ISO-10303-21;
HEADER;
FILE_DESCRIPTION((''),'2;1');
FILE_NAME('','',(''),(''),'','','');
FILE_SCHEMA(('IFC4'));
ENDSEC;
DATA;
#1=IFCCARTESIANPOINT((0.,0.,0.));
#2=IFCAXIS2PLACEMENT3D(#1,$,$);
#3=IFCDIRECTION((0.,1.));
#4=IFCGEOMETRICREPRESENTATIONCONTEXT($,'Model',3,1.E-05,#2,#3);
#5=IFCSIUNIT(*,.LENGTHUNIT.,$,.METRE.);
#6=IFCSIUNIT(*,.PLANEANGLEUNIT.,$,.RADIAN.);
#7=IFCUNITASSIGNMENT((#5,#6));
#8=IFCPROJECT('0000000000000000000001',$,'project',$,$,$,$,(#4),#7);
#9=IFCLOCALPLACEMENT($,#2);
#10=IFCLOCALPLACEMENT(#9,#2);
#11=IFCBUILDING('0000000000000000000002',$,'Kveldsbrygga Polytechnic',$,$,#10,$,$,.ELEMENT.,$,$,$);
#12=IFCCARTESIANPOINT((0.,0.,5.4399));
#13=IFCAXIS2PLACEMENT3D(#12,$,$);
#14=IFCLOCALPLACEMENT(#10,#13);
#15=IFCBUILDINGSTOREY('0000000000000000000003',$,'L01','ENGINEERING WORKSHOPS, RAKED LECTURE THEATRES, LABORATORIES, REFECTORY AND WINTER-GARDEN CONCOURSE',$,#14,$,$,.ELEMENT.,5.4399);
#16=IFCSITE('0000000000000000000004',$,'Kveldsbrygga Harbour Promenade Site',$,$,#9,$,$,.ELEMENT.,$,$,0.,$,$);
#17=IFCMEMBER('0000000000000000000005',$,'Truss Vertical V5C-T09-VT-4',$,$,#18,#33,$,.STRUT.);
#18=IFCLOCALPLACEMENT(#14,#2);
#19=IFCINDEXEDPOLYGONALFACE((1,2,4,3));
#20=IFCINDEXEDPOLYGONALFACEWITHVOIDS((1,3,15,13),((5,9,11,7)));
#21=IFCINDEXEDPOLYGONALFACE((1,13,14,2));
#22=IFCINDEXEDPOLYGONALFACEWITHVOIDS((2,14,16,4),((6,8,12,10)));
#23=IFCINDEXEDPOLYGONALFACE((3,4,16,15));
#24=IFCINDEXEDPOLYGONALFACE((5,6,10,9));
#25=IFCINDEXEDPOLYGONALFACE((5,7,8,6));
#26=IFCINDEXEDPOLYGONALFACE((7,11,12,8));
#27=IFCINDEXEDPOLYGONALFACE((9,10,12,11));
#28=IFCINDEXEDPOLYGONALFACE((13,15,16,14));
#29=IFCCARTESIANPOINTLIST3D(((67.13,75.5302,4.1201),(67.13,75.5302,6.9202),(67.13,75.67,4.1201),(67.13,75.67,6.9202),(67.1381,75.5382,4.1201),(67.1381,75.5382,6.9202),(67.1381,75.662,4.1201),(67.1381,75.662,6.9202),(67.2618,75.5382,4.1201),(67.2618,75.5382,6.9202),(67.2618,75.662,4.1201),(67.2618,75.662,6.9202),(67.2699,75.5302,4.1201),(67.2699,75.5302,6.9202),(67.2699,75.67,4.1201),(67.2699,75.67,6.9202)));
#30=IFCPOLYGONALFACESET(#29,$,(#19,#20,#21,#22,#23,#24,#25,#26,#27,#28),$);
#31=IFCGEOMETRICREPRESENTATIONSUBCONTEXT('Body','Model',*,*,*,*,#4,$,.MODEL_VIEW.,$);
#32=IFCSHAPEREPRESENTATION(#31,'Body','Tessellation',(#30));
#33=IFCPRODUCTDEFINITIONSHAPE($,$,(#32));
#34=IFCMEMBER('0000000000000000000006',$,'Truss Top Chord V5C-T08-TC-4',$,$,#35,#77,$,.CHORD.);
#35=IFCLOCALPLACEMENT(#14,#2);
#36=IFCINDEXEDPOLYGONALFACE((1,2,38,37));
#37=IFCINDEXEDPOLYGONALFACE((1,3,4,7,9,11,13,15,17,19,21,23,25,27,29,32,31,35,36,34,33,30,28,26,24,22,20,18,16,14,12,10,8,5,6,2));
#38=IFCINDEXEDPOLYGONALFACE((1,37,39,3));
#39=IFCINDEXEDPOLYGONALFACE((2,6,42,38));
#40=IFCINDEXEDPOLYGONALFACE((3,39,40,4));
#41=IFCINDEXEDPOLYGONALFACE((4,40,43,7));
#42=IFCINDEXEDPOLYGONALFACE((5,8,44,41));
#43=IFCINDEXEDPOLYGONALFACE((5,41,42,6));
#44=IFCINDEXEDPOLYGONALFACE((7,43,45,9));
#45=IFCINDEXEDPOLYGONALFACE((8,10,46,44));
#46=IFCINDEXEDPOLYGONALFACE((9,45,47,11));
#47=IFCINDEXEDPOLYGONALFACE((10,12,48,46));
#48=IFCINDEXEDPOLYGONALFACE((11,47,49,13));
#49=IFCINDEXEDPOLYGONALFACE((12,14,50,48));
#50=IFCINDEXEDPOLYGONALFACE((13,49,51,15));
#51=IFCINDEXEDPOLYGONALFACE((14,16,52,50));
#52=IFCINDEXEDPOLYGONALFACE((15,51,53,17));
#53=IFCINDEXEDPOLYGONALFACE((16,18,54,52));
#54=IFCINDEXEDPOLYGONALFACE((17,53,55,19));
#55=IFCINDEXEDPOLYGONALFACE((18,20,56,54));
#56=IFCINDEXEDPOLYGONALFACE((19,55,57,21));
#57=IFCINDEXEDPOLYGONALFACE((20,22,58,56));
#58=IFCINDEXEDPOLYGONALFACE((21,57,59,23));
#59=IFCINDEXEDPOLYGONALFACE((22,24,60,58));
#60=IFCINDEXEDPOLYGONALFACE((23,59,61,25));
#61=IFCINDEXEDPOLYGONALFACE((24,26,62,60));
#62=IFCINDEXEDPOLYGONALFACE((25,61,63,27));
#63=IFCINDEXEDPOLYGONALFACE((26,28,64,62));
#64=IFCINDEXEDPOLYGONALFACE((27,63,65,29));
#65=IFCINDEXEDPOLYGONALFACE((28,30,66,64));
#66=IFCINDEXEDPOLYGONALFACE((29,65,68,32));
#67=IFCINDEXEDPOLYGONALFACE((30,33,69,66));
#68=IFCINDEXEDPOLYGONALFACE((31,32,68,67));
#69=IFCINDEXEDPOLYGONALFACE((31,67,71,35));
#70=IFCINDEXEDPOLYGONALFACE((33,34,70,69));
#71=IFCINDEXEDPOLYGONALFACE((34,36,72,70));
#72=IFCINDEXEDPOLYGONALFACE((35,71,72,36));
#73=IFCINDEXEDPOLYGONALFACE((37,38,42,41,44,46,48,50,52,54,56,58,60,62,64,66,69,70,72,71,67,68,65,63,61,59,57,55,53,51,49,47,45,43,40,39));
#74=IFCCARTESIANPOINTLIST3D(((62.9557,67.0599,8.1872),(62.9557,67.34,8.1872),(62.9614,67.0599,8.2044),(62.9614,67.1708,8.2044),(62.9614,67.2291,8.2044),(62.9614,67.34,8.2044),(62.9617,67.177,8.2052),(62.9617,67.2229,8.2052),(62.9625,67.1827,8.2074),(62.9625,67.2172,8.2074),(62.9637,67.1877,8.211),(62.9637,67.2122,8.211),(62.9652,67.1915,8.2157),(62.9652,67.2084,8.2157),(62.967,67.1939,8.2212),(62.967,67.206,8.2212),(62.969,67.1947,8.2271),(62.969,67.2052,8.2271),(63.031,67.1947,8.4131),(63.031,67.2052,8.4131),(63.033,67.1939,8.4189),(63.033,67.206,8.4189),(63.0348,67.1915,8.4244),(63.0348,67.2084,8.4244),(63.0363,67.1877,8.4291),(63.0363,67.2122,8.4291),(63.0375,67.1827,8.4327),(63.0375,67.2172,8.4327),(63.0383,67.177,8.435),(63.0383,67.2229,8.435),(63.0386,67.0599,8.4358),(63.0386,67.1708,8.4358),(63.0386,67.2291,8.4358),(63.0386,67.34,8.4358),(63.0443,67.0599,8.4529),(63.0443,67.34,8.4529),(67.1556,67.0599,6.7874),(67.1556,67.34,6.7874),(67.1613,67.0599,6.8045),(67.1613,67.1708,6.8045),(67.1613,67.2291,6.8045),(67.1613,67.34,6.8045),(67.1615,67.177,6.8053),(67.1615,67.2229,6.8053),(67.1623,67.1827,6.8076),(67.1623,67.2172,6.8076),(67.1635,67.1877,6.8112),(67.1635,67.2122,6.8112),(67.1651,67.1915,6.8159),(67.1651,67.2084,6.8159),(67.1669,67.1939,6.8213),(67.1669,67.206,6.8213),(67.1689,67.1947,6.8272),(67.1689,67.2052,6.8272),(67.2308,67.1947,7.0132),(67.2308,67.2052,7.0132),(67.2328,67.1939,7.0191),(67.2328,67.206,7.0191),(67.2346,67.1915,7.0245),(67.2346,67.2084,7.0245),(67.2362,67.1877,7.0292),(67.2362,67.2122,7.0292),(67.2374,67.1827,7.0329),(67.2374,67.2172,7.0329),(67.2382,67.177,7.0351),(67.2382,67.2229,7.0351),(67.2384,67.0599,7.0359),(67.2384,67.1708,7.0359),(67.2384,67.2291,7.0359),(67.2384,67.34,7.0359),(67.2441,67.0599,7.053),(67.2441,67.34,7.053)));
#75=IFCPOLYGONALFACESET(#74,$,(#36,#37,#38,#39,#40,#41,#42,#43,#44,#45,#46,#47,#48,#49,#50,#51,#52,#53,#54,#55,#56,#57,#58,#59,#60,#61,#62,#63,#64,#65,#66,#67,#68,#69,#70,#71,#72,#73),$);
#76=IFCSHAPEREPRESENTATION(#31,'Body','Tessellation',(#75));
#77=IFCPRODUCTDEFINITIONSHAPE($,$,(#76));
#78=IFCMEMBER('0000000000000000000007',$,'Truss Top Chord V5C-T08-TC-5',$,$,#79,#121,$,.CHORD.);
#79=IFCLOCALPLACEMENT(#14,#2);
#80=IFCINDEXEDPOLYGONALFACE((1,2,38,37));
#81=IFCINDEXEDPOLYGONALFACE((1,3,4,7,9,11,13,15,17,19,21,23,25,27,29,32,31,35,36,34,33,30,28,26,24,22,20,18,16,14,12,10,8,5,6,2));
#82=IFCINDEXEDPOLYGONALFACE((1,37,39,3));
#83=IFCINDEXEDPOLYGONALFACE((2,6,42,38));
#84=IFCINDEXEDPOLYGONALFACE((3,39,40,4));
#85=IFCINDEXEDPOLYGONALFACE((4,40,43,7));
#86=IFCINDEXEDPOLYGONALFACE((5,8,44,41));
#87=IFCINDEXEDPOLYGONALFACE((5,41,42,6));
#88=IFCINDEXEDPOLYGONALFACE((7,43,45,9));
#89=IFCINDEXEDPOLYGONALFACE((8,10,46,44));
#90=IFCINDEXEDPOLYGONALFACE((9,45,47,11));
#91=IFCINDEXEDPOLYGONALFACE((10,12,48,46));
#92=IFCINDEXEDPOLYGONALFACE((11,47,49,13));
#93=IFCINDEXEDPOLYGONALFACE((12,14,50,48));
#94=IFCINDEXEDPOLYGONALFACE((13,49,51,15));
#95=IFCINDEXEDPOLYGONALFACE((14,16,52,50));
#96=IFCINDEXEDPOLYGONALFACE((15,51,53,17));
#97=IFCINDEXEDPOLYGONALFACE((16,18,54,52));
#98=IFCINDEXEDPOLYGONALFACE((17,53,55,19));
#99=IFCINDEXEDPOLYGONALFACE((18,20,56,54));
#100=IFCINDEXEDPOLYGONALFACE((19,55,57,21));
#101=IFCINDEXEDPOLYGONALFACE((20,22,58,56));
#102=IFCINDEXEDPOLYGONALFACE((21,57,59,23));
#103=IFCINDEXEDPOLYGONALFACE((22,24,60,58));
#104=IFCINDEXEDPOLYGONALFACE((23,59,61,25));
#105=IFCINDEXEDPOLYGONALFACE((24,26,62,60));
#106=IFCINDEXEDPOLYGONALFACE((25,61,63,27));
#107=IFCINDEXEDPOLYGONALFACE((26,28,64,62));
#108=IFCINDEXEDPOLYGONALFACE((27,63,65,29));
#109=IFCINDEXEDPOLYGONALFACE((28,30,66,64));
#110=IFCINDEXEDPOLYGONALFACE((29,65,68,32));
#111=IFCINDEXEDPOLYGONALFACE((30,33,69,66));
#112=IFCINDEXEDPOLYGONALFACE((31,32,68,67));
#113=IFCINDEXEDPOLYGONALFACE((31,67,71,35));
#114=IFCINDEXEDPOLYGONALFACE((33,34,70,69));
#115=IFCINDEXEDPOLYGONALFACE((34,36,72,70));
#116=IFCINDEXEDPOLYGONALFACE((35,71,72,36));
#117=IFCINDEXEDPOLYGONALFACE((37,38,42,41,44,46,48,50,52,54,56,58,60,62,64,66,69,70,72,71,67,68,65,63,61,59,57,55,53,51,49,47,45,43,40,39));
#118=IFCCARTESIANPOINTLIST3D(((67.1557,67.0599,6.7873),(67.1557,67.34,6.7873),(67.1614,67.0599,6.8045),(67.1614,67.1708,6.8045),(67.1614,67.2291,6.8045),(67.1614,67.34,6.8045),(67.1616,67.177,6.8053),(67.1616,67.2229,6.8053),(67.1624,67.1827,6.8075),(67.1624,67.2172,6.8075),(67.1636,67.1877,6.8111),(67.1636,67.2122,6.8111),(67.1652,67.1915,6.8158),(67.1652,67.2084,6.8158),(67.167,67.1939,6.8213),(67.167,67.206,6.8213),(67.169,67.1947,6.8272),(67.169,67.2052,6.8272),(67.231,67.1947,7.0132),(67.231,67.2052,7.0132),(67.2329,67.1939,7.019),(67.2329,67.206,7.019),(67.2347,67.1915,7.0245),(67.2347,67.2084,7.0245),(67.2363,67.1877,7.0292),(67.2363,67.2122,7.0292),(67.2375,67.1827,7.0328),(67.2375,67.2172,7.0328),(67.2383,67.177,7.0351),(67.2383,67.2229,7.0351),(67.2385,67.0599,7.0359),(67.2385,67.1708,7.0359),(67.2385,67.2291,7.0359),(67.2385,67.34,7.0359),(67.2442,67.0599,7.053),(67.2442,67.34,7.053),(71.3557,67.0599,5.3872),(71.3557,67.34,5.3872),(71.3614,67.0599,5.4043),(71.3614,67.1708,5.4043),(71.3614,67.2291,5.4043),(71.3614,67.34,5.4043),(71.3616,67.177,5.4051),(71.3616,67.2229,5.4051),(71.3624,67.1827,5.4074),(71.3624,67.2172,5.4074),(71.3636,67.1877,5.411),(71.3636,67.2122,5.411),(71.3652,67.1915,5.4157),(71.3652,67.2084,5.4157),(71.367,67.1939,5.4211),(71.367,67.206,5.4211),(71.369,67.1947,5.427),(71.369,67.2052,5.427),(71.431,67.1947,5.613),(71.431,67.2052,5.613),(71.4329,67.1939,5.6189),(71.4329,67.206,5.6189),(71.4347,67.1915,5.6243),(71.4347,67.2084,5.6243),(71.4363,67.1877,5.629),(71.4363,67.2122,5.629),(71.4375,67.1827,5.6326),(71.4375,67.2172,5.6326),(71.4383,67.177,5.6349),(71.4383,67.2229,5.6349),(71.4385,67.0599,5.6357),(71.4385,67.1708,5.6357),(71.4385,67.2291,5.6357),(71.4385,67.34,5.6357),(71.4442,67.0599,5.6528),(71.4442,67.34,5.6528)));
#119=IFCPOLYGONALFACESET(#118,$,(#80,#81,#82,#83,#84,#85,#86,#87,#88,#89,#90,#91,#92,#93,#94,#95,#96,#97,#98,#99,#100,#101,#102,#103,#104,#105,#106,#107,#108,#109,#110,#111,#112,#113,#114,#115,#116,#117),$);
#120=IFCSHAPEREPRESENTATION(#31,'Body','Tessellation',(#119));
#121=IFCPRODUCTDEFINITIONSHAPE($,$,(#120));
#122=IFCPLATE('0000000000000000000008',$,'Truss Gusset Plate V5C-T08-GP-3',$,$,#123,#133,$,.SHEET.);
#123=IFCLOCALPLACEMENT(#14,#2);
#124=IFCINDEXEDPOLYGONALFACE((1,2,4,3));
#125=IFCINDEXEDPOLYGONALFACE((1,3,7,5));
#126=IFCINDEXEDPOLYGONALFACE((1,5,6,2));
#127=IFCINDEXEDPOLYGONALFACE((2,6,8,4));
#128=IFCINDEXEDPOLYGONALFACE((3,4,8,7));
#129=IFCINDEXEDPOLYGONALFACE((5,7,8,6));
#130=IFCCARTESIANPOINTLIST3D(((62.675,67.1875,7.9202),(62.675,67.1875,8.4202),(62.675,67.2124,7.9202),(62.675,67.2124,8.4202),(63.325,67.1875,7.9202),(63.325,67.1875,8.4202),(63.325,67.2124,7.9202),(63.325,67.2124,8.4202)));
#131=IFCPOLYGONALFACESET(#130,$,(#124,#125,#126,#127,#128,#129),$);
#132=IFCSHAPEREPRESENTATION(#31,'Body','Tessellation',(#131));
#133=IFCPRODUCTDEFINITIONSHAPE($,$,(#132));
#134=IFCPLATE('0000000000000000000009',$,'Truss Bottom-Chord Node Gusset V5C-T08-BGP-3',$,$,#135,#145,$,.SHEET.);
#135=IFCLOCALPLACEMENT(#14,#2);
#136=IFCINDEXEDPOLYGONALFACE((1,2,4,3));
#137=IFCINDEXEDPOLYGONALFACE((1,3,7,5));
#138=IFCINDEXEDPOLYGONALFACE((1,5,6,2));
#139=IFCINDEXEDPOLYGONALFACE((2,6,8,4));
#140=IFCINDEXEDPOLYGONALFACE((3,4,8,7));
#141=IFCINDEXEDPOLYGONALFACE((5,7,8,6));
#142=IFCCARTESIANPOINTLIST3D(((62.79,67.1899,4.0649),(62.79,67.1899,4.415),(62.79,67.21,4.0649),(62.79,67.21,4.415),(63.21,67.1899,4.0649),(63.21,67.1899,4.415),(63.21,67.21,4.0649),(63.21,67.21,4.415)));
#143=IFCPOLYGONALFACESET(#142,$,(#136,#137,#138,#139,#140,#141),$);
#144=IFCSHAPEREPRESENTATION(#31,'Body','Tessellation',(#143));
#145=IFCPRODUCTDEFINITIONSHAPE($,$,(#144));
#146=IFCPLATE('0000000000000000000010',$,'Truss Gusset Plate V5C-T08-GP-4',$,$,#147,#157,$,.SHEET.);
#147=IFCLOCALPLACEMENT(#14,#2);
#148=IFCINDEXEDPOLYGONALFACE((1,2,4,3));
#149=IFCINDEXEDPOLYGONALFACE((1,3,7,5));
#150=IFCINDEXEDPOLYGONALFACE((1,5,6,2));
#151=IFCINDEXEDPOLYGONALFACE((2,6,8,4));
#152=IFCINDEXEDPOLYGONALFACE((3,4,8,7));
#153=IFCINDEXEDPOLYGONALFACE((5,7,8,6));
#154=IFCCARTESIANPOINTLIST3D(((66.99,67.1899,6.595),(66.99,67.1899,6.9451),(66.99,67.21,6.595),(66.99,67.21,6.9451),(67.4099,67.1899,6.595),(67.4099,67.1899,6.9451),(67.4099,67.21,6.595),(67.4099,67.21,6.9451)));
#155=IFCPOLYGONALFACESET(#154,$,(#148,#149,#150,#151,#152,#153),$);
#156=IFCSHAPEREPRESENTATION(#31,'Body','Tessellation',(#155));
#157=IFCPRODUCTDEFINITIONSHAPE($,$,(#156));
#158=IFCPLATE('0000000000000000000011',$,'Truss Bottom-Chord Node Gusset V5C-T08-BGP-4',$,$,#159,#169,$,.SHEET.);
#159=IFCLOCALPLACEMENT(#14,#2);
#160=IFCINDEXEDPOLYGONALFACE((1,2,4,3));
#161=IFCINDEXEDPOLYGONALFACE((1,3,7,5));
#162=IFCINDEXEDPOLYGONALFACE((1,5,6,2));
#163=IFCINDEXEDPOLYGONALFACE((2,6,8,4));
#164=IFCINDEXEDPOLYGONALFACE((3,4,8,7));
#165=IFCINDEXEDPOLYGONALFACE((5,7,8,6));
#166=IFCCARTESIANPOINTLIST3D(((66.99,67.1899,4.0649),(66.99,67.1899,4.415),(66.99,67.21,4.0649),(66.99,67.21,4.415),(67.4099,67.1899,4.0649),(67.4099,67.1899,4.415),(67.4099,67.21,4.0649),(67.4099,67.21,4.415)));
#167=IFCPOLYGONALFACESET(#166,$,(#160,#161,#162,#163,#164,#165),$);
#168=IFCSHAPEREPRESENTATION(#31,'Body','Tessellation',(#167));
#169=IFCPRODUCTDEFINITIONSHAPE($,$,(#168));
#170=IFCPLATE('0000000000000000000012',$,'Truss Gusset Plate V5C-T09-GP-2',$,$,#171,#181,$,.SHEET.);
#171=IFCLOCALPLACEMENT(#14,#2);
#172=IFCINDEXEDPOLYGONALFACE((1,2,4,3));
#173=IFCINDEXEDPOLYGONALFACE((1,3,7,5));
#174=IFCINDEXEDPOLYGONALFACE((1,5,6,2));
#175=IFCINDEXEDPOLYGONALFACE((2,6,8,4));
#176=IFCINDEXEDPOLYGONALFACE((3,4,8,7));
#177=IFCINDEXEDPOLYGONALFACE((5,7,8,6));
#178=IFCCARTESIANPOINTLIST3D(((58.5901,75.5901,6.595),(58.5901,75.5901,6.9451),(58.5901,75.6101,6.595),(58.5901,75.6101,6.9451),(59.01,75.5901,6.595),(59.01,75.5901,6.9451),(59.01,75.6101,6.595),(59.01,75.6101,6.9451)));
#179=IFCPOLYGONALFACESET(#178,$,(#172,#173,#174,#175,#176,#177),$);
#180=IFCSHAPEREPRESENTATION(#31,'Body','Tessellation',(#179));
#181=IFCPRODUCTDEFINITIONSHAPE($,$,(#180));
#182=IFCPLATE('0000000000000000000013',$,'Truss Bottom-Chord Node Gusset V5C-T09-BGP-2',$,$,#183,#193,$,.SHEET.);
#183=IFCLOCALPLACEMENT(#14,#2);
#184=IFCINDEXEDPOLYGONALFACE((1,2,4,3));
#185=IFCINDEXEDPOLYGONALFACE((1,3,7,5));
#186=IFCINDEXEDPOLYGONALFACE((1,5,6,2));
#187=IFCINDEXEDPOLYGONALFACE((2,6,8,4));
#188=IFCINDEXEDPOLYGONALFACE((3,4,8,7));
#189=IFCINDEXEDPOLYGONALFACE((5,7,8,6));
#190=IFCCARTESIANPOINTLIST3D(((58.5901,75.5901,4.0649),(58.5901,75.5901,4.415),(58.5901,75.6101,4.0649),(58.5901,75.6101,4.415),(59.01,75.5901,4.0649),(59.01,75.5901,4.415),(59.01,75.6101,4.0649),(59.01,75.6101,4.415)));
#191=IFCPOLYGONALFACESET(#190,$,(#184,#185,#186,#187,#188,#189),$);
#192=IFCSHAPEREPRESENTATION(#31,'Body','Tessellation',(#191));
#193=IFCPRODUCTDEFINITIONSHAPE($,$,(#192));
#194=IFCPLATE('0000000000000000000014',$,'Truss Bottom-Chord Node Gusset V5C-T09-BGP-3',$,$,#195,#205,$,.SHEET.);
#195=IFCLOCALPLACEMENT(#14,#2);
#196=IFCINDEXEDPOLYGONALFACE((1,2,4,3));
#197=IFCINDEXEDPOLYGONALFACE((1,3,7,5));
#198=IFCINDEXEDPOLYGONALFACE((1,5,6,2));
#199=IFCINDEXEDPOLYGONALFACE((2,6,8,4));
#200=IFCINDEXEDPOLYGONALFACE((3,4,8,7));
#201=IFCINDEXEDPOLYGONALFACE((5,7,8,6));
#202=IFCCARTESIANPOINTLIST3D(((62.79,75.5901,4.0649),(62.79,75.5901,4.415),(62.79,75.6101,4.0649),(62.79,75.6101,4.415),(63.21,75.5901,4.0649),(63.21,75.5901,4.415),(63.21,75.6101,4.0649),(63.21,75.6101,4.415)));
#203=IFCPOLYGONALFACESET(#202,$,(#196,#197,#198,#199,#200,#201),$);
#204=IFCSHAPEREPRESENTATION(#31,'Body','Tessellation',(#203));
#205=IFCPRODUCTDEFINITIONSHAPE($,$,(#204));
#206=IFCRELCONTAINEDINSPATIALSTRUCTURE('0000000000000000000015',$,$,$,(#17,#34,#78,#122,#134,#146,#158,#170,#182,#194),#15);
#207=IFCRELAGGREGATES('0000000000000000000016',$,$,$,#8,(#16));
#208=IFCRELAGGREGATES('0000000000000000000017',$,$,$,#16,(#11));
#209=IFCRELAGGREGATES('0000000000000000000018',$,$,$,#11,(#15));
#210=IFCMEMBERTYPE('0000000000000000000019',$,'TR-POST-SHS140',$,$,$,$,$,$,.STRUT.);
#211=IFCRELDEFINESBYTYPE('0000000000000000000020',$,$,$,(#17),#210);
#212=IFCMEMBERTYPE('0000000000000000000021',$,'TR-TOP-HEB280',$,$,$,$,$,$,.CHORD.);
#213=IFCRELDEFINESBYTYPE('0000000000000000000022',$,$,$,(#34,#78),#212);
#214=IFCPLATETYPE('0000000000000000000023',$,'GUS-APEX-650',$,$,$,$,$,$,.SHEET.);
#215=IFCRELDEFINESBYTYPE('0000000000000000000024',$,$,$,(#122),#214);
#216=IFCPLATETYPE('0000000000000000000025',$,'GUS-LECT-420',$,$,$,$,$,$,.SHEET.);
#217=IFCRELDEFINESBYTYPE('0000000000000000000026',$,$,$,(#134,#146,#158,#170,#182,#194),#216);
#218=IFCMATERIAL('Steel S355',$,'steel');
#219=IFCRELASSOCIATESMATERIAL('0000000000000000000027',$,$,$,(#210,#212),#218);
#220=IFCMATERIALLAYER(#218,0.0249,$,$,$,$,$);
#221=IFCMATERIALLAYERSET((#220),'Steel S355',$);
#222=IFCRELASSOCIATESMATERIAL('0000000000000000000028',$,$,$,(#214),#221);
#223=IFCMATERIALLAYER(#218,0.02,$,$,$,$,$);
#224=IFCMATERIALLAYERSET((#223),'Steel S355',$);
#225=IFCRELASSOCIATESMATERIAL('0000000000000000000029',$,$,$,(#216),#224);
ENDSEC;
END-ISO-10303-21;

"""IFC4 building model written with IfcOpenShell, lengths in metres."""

from ifc_helpers import new_model, si_unit, direction, frame, origin, origin_2d, place, context, subcontext, project, spatial, rectangle, hollow_rectangle, i_section, extrude, material, layer, layer_set, material_profile, profile_set, type_object, element, save


model = new_model("IFC4")

# Units and contexts
model_context = context("Model", 3, precision=1e-05, world=origin(), true_north=direction((0.0, 1.0)))
body_context = subcontext(model_context, "Body", "Model", "MODEL_VIEW")
ifc_project = project(units=[si_unit("LENGTHUNIT", "METRE"), si_unit("PLANEANGLEUNIT", "RADIAN")], contexts=[model_context])

# Site, building, storey
site_placement = place(None, origin())
site = spatial("IfcSite", under=ifc_project, at=site_placement, Name="Kveldsbrygga Harbour Promenade Site", CompositionType="ELEMENT", RefElevation=0.0)
building_placement = place(site_placement, origin())
building = spatial("IfcBuilding", under=site, at=building_placement, Name="Kveldsbrygga Polytechnic", CompositionType="ELEMENT")
storey_placement = place(building_placement, frame((0.0, 0.0, 5.4399)))
storey = spatial("IfcBuildingStorey", under=building, at=storey_placement, Name="L01", Description="ENGINEERING WORKSHOPS, RAKED LECTURE THEATRES, LABORATORIES, REFECTORY AND WINTER-GARDEN CONCOURSE", CompositionType="ELEMENT", Elevation=5.4399)

# Members
ifc_material_1 = material(Name="Steel S355", Category="steel")
ifc_material_profile_1 = material_profile(ifc_material_1, hollow_rectangle(XDim=0.1399, YDim=0.1399, WallThickness=0.0081, at=origin_2d()), Name="SHS 140x140x8.0")
ifc_profile_set_1 = profile_set([ifc_material_profile_1], Name="Steel S355")
member_type_1 = type_object("IfcMemberType", Name="TR-POST-SHS140", PredefinedType="STRUT", material=ifc_profile_set_1)
member_1_placement = place(storey_placement, frame((67.2, 75.6001, 4.1201), z_axis=(0.0, 0.0, 1.0), x_axis=(1.0, 0.0, 0.0)))
element("IfcMember", 1, at=member_1_placement, inside=storey, type_object=member_type_1, Name="Truss Vertical V5C-T09-VT-4", PredefinedType="STRUT", context=body_context, shape_type="SweptSolid", body=[
    extrude(hollow_rectangle(XDim=0.1399, YDim=0.1399, WallThickness=0.0081, at=origin_2d()), origin(), (0.0, 0.0, 1.0), 2.8),
])
ifc_material_profile_2 = material_profile(ifc_material_1, i_section(OverallWidth=0.28, OverallDepth=0.28, WebThickness=0.0105, FlangeThickness=0.0181, FilletRadius=0.0239, at=origin_2d()), Name="HEB 280")
ifc_profile_set_2 = profile_set([ifc_material_profile_2], Name="Steel S355")
member_type_2 = type_object("IfcMemberType", Name="TR-TOP-HEB280", PredefinedType="CHORD", material=ifc_profile_set_2)
member_2_placement = place(storey_placement, frame((63.0, 67.2, 8.3201), z_axis=(0.948689, 0.0, -0.316211), x_axis=(0.0, 1.0, 0.0)))
element("IfcMember", 2, at=member_2_placement, inside=storey, type_object=member_type_2, Name="Truss Top Chord V5C-T08-TC-4", PredefinedType="CHORD", context=body_context, shape_type="SweptSolid", body=[
    extrude(i_section(OverallWidth=0.28, OverallDepth=0.28, WebThickness=0.0105, FlangeThickness=0.0181, FilletRadius=0.0239, at=origin_2d()), origin(), (0.0, 0.0, 1.0), 4.427),
])
member_3_placement = place(storey_placement, frame((67.2, 67.2, 6.9202), z_axis=(0.948672, 0.0, -0.316261), x_axis=(0.0, 1.0, 0.0)))
element("IfcMember", 3, at=member_3_placement, inside=storey, type_object=member_type_2, Name="Truss Top Chord V5C-T08-TC-5", PredefinedType="CHORD", context=body_context, shape_type="SweptSolid", body=[
    extrude(i_section(OverallWidth=0.28, OverallDepth=0.28, WebThickness=0.0105, FlangeThickness=0.0181, FilletRadius=0.0239, at=origin_2d()), origin(), (0.0, 0.0, 1.0), 4.4272),
])

# Plates
ifc_layer_1 = layer(ifc_material_1, 0.0249)
ifc_layer_set_1 = layer_set([ifc_layer_1], Name="Steel S355")
plate_type_1 = type_object("IfcPlateType", Name="GUS-APEX-650", PredefinedType="SHEET", material=ifc_layer_set_1)
plate_placement = place(storey_placement, frame((63.0, 67.2, 7.9202), z_axis=(0.0, 0.0, 1.0), x_axis=(1.0, 0.0, 0.0)))
element("IfcPlate", 4, at=plate_placement, inside=storey, type_object=plate_type_1, Name="Truss Gusset Plate V5C-T08-GP-3", PredefinedType="SHEET", context=body_context, shape_type="SweptSolid", body=[
    extrude(rectangle(XDim=0.6499, YDim=0.0249, at=origin_2d()), origin(), (0.0, 0.0, 1.0), 0.5),
])
ifc_layer_2 = layer(ifc_material_1, 0.02)
ifc_layer_set_2 = layer_set([ifc_layer_2], Name="Steel S355")
plate_type_2 = type_object("IfcPlateType", Name="GUS-LECT-420", PredefinedType="SHEET", material=ifc_layer_set_2)
for number, where, z_axis, x_axis, name in (
    (5, (63.0, 67.2, 4.0649), (0.0, 0.0, 1.0), (1.0, 0.0, 0.0), "Truss Bottom-Chord Node Gusset V5C-T08-BGP-3"),
    (6, (67.2, 67.2, 6.595), (0.0, 0.0, 1.0), (1.0, 0.0, 0.0), "Truss Gusset Plate V5C-T08-GP-4"),
    (7, (67.2, 67.2, 4.0649), (0.0, 0.0, 1.0), (1.0, 0.0, 0.0), "Truss Bottom-Chord Node Gusset V5C-T08-BGP-4"),
    (8, (58.8, 75.6001, 6.595), (0.0, 0.0, 1.0), (1.0, 0.0, 0.0), "Truss Gusset Plate V5C-T09-GP-2"),
    (9, (58.8, 75.6001, 4.0649), (0.0, 0.0, 1.0), (1.0, 0.0, 0.0), "Truss Bottom-Chord Node Gusset V5C-T09-BGP-2"),
    (10, (63.0, 75.6001, 4.0649), (0.0, 0.0, 1.0), (1.0, 0.0, 0.0), "Truss Bottom-Chord Node Gusset V5C-T09-BGP-3"),
):
    element("IfcPlate", number, at=place(storey_placement, frame(where, z_axis=z_axis, x_axis=x_axis)), inside=storey, type_object=plate_type_2, Name=name, PredefinedType="SHEET", context=body_context, shape_type="SweptSolid", body=[
        extrude(rectangle(XDim=0.4199, YDim=0.02, at=origin_2d()), origin(), (0.0, 0.0, 1.0), 0.3501),
    ])

save(model, "model.ifc")
